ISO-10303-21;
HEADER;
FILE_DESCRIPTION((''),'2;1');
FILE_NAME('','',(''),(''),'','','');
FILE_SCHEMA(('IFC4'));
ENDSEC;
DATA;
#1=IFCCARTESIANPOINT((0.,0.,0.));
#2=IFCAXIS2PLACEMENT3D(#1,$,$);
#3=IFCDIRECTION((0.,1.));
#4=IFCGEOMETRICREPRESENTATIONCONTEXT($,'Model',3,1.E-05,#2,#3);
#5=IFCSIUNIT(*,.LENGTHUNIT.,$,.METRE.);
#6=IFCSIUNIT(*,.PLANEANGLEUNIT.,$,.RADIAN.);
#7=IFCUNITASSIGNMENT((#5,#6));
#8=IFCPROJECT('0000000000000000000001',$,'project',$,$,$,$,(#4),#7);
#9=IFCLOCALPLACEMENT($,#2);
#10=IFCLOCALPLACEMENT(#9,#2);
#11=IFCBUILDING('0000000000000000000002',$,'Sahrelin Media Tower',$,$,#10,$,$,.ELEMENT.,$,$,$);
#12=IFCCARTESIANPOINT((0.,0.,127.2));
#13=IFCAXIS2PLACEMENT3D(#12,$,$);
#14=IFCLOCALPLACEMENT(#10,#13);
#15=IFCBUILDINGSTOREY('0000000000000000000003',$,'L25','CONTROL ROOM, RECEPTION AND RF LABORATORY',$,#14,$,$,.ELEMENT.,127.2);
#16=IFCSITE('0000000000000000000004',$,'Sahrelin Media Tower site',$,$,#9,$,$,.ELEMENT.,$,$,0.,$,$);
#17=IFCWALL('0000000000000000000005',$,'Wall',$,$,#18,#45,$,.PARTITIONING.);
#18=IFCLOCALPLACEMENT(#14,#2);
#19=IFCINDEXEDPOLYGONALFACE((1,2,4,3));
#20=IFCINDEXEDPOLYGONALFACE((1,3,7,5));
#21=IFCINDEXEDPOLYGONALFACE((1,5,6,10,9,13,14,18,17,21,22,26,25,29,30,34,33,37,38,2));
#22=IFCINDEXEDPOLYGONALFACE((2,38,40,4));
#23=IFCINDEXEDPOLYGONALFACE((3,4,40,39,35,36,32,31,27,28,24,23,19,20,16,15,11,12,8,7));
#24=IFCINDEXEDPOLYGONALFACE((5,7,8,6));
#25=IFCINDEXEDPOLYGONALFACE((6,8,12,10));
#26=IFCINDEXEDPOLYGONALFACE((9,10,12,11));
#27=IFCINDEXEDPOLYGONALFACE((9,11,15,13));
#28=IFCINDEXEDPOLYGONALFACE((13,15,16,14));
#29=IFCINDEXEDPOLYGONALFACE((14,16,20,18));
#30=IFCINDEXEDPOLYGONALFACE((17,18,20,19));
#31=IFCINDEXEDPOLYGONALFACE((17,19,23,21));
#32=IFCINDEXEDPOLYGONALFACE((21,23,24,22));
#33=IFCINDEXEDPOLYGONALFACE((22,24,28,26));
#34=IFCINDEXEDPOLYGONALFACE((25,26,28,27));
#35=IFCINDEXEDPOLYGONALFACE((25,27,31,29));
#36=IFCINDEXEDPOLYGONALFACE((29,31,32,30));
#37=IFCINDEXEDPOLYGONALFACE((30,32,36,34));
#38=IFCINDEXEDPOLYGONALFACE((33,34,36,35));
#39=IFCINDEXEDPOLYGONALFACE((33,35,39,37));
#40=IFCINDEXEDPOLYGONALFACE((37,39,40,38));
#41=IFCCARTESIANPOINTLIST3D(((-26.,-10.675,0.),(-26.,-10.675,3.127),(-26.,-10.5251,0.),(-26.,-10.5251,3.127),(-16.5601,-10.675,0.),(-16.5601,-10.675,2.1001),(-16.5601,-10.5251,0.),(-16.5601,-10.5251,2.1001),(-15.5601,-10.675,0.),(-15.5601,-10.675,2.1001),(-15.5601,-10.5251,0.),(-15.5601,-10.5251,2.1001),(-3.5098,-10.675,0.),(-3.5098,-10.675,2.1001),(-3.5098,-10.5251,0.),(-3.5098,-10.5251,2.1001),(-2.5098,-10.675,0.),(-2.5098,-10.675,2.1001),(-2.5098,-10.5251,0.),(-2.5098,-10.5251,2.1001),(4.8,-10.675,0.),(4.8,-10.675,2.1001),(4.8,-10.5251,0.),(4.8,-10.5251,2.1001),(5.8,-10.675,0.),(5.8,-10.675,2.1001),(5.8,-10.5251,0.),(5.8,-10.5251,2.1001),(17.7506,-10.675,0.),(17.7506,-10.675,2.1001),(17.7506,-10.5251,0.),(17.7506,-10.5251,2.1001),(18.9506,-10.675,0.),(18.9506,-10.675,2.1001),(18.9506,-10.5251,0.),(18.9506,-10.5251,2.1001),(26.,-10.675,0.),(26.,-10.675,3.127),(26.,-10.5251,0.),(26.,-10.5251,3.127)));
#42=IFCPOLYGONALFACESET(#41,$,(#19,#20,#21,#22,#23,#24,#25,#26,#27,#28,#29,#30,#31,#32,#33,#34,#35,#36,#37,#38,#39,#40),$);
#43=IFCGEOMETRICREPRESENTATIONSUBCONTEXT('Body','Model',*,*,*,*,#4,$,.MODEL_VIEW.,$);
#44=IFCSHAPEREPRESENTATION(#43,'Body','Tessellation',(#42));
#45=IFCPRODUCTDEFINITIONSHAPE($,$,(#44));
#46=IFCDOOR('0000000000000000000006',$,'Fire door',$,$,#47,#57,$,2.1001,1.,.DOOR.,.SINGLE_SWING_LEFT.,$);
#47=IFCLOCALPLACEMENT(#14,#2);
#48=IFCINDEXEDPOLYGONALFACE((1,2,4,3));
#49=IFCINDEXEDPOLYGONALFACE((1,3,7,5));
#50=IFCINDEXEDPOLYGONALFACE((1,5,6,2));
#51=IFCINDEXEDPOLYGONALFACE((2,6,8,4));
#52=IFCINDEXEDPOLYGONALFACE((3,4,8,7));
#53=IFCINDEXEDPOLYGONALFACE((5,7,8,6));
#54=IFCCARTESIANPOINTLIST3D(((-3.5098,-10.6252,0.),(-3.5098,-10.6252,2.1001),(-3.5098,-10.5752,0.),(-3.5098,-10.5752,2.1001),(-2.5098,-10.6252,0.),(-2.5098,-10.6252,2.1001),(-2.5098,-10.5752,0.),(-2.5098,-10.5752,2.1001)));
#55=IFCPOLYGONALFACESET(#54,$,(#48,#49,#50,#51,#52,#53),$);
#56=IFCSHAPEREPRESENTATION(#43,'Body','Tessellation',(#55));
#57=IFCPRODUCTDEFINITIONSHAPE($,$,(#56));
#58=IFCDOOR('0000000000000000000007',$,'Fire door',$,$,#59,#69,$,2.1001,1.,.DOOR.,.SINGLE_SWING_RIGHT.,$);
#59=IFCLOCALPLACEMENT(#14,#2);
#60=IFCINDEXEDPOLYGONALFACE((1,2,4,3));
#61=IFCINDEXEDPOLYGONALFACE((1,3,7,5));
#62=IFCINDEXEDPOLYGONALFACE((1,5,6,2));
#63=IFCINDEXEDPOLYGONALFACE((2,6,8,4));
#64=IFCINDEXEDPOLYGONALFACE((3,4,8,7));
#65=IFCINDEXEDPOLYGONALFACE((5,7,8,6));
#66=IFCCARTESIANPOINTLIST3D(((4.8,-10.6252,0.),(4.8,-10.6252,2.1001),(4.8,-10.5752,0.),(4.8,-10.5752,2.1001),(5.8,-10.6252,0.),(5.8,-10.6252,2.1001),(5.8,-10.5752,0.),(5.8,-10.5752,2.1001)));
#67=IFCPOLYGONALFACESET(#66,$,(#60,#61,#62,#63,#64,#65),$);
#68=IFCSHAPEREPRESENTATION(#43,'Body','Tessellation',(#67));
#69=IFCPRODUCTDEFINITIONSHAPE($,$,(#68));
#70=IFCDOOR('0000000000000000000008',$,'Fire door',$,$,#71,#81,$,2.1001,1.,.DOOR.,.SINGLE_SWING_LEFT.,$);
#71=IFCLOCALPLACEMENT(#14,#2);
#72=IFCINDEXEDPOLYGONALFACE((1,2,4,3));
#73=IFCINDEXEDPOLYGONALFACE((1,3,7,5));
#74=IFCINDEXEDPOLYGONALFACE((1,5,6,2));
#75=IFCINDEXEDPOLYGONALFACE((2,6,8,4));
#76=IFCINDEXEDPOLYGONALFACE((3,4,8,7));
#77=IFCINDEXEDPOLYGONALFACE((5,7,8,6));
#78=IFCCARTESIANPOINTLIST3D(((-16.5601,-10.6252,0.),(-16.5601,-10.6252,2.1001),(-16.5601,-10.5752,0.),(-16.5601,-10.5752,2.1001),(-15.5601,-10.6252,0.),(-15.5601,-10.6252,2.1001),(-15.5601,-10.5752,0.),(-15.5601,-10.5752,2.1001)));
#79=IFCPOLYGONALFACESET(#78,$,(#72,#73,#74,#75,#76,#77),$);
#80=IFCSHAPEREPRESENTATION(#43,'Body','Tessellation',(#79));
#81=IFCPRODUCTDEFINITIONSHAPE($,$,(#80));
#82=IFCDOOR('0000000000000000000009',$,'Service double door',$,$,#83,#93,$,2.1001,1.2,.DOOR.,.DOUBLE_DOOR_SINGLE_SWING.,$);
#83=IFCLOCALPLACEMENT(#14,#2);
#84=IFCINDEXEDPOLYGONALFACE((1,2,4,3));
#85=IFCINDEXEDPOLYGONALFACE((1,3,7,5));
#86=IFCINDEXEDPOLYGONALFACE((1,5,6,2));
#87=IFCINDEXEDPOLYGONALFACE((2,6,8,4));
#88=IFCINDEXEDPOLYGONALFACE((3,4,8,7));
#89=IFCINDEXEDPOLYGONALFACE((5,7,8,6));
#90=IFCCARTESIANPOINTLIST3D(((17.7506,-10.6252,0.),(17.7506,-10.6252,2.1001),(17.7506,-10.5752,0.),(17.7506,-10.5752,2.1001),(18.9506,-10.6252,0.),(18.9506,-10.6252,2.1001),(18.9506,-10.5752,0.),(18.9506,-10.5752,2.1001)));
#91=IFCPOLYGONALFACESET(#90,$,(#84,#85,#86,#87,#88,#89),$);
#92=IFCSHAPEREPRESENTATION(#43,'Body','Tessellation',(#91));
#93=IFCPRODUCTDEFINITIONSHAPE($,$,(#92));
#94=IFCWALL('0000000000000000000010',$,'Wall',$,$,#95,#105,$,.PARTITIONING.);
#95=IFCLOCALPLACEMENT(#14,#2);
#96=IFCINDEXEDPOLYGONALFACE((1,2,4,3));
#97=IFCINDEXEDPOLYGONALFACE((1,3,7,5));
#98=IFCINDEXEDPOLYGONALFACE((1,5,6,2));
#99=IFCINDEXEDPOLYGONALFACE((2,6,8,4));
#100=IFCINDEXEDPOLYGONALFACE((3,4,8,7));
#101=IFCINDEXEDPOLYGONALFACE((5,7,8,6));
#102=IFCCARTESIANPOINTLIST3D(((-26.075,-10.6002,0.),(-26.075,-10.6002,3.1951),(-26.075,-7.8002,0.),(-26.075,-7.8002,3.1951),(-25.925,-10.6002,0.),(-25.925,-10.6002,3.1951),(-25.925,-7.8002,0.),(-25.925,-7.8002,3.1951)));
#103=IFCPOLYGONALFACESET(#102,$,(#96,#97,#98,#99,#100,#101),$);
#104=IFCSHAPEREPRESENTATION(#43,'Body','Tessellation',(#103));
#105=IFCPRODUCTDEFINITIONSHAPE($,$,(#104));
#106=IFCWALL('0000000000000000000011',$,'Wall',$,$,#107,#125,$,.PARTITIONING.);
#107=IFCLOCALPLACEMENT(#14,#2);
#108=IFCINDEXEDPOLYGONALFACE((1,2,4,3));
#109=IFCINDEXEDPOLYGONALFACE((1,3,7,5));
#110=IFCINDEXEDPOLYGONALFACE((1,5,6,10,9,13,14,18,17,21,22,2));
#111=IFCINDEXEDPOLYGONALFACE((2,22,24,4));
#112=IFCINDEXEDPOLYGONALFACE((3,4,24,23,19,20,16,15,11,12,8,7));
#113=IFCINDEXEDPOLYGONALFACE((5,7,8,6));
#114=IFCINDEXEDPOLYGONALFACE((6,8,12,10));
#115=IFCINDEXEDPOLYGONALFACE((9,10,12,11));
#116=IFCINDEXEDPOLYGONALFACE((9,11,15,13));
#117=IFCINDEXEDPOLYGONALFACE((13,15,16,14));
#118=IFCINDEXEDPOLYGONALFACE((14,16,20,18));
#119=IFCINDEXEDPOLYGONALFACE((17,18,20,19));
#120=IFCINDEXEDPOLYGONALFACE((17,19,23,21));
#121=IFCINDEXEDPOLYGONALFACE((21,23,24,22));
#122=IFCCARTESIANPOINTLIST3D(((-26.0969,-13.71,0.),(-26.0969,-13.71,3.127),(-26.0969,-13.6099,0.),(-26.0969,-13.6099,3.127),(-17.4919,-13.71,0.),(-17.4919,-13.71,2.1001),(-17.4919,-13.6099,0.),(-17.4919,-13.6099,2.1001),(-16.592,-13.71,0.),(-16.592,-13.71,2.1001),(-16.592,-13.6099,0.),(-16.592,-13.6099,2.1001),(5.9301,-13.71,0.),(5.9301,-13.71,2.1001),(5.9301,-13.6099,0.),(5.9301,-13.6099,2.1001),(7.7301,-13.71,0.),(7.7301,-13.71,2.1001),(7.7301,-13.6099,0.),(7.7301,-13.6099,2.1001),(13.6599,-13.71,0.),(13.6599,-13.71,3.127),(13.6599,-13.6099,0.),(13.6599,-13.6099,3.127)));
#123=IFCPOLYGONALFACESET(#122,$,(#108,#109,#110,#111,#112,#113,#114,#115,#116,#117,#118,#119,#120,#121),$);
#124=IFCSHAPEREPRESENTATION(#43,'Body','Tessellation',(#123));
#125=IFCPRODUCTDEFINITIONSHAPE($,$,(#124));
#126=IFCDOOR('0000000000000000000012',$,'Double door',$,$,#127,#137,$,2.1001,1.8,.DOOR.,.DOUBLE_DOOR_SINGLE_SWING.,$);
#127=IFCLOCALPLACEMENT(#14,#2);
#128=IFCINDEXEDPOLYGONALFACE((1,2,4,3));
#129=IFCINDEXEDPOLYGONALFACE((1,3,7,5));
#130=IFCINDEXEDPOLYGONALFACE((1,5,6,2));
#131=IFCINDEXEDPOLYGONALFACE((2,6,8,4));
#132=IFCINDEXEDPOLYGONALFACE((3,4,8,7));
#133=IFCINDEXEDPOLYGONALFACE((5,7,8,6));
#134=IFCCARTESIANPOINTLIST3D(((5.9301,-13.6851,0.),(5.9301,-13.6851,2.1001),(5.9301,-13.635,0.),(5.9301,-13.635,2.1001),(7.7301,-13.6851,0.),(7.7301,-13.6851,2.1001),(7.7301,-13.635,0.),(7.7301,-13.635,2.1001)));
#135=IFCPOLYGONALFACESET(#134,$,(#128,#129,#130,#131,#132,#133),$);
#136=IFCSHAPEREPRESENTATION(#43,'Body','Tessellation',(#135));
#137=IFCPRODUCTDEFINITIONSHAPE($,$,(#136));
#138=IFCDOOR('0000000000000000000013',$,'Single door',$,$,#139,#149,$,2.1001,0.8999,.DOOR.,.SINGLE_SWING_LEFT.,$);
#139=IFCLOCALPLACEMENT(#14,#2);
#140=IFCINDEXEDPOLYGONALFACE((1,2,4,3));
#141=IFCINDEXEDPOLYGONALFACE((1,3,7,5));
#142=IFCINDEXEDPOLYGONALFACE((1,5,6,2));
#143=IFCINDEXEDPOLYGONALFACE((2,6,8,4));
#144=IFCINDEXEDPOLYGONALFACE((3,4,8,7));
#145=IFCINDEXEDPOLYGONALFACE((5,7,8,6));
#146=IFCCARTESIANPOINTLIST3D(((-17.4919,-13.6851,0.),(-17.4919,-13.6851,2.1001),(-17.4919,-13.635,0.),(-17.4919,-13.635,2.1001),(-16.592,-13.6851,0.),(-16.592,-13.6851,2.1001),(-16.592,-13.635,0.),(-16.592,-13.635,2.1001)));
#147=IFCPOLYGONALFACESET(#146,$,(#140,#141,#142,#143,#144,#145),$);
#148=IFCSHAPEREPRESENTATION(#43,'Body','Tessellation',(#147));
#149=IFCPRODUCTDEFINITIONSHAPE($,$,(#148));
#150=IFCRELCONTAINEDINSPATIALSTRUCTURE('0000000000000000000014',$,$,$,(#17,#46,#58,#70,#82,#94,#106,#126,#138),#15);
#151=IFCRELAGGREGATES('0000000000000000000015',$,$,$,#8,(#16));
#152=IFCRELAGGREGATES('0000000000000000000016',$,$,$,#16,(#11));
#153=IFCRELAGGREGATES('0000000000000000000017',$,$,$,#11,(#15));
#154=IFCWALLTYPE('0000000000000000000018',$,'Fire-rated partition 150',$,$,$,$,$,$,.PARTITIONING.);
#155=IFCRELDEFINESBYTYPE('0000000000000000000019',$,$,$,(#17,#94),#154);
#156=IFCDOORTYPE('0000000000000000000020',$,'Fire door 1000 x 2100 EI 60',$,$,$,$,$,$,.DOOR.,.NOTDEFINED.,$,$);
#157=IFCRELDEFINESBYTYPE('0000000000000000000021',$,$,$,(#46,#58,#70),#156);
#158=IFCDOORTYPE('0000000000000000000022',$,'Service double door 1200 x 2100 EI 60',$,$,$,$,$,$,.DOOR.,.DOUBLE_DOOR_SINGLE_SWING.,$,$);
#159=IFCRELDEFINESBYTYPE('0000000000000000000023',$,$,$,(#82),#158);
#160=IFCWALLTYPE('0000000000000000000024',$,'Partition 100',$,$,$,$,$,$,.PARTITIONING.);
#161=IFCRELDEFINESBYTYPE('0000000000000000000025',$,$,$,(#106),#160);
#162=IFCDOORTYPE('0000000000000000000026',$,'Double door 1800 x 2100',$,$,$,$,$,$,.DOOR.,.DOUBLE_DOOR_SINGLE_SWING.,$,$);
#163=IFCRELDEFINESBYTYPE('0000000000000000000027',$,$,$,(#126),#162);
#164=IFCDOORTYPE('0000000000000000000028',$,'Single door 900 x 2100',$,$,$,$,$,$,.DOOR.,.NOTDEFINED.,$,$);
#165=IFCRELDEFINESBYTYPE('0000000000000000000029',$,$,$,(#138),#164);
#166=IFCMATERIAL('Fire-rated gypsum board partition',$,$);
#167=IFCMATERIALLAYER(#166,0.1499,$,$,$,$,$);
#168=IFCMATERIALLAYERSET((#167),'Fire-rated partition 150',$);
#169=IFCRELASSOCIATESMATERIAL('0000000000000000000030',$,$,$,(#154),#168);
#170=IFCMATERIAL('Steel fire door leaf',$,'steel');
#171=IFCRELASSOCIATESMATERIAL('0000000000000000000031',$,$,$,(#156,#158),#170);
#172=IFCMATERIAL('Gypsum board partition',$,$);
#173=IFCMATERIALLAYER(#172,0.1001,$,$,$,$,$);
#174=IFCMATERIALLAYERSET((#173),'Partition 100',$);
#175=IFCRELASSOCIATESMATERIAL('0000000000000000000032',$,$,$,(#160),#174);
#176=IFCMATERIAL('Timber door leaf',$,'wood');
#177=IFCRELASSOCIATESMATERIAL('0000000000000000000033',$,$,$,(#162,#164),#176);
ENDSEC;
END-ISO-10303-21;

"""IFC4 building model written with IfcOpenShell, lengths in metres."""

from ifc_helpers import new_model, si_unit, direction, frame, frame_2d, origin, place, context, subcontext, project, spatial, rectangle, extrude, material, layer, layer_set, type_object, element, fill, save


model = new_model("IFC4")

# Units and contexts
model_context = context("Model", 3, precision=1e-05, world=origin(), true_north=direction((0.0, 1.0)))
body_context = subcontext(model_context, "Body", "Model", "MODEL_VIEW")
ifc_project = project(units=[si_unit("LENGTHUNIT", "METRE"), si_unit("PLANEANGLEUNIT", "RADIAN")], contexts=[model_context])

# Site, building, storey
site_placement = place(None, origin())
site = spatial("IfcSite", under=ifc_project, at=site_placement, Name="Sahrelin Media Tower site", CompositionType="ELEMENT", RefElevation=0.0)
building_placement = place(site_placement, origin())
building = spatial("IfcBuilding", under=site, at=building_placement, Name="Sahrelin Media Tower", CompositionType="ELEMENT")
storey_placement = place(building_placement, frame((0.0, 0.0, 127.2)))
storey = spatial("IfcBuildingStorey", under=building, at=storey_placement, Name="L25", Description="CONTROL ROOM, RECEPTION AND RF LABORATORY", CompositionType="ELEMENT", Elevation=127.2)

# Wall, openings, doors
ifc_material_1 = material(Name="Fire-rated gypsum board partition")
ifc_layer_1 = layer(ifc_material_1, 0.1499)
ifc_layer_set_1 = layer_set([ifc_layer_1], Name="Fire-rated partition 150")
wall_type_1 = type_object("IfcWallType", Name="Fire-rated partition 150", PredefinedType="PARTITIONING", material=ifc_layer_set_1)
wall_1_placement = place(storey_placement, frame((-26.0, -10.6001, 0.0), z_axis=(0.0, 0.0, 1.0), x_axis=(1.0, 0.0, 0.0)))
wall_1 = element("IfcWall", 1, at=wall_1_placement, inside=storey, type_object=wall_type_1, Name="Wall", PredefinedType="PARTITIONING", context=body_context, shape_type="SweptSolid", body=[
    extrude(rectangle(XDim=52.0, YDim=0.1499, at=frame_2d((26.0, 0.0))), origin(), (0.0, 0.0, 1.0), 3.127),
])
opening_1_placement = place(wall_1_placement, frame((22.4902, 0.0, 0.0)))
opening_1 = element("IfcOpeningElement", 2, at=opening_1_placement, cuts=wall_1, PredefinedType="OPENING", context=body_context, shape_type="SweptSolid", body=[
    extrude(rectangle(XDim=1.0, YDim=2.1001, at=frame_2d((0.5, 1.05))), frame((0.0, 0.075, 0.0), z_axis=(0.0, -1.0, 0.0), x_axis=(1.0, 0.0, 0.0)), (0.0, 0.0, 1.0), 0.1499),
])
opening_2_placement = place(wall_1_placement, frame((30.8, 0.0, 0.0)))
opening_2 = element("IfcOpeningElement", 3, at=opening_2_placement, cuts=wall_1, PredefinedType="OPENING", context=body_context, shape_type="SweptSolid", body=[
    extrude(rectangle(XDim=1.0, YDim=2.1001, at=frame_2d((0.5, 1.05))), frame((0.0, 0.075, 0.0), z_axis=(0.0, -1.0, 0.0), x_axis=(1.0, 0.0, 0.0)), (0.0, 0.0, 1.0), 0.1499),
])
opening_3_placement = place(wall_1_placement, frame((43.7505, 0.0, 0.0)))
opening_3 = element("IfcOpeningElement", 4, at=opening_3_placement, cuts=wall_1, PredefinedType="OPENING", context=body_context, shape_type="SweptSolid", body=[
    extrude(rectangle(XDim=1.2, YDim=2.1001, at=frame_2d((0.6001, 1.05))), frame((0.0, 0.075, 0.0), z_axis=(0.0, -1.0, 0.0), x_axis=(1.0, 0.0, 0.0)), (0.0, 0.0, 1.0), 0.1499),
])
opening_4_placement = place(wall_1_placement, frame((9.4399, 0.0, 0.0)))
opening_4 = element("IfcOpeningElement", 5, at=opening_4_placement, cuts=wall_1, PredefinedType="OPENING", context=body_context, shape_type="SweptSolid", body=[
    extrude(rectangle(XDim=1.0, YDim=2.1001, at=frame_2d((0.5, 1.05))), frame((0.0, 0.075, 0.0), z_axis=(0.0, -1.0, 0.0), x_axis=(1.0, 0.0, 0.0)), (0.0, 0.0, 1.0), 0.1499),
])
ifc_material_2 = material(Name="Steel fire door leaf", Category="steel")
door_type_1 = type_object("IfcDoorType", Name="Fire door 1000 x 2100 EI 60", OperationType="NOTDEFINED", PredefinedType="DOOR", material=ifc_material_2)
door_1_placement = place(opening_1_placement, origin())
door_1 = element("IfcDoor", 6, at=door_1_placement, inside=storey, type_object=door_type_1, Name="Fire door", OperationType="SINGLE_SWING_LEFT", OverallHeight=2.1001, OverallWidth=1.0, PredefinedType="DOOR", context=body_context, shape_type="SweptSolid", body=[
    extrude(rectangle(XDim=1.0, YDim=2.1001, at=frame_2d((0.5, 1.05))), frame((0.0, 0.0249, 0.0), z_axis=(0.0, -1.0, 0.0), x_axis=(1.0, 0.0, 0.0)), (0.0, 0.0, 1.0), 0.05),
])
fill(opening_1, door_1)
door_2_placement = place(opening_2_placement, origin())
door_2 = element("IfcDoor", 7, at=door_2_placement, inside=storey, type_object=door_type_1, Name="Fire door", OperationType="SINGLE_SWING_RIGHT", OverallHeight=2.1001, OverallWidth=1.0, PredefinedType="DOOR", context=body_context, shape_type="SweptSolid", body=[
    extrude(rectangle(XDim=1.0, YDim=2.1001, at=frame_2d((0.5, 1.05))), frame((0.0, 0.0249, 0.0), z_axis=(0.0, -1.0, 0.0), x_axis=(1.0, 0.0, 0.0)), (0.0, 0.0, 1.0), 0.05),
])
fill(opening_2, door_2)
door_3_placement = place(opening_4_placement, origin())
door_3 = element("IfcDoor", 8, at=door_3_placement, inside=storey, type_object=door_type_1, Name="Fire door", OperationType="SINGLE_SWING_LEFT", OverallHeight=2.1001, OverallWidth=1.0, PredefinedType="DOOR", context=body_context, shape_type="SweptSolid", body=[
    extrude(rectangle(XDim=1.0, YDim=2.1001, at=frame_2d((0.5, 1.05))), frame((0.0, 0.0249, 0.0), z_axis=(0.0, -1.0, 0.0), x_axis=(1.0, 0.0, 0.0)), (0.0, 0.0, 1.0), 0.05),
])
fill(opening_4, door_3)
door_type_2 = type_object("IfcDoorType", Name="Service double door 1200 x 2100 EI 60", OperationType="DOUBLE_DOOR_SINGLE_SWING", PredefinedType="DOOR", material=ifc_material_2)
door_4_placement = place(opening_3_placement, origin())
door_4 = element("IfcDoor", 9, at=door_4_placement, inside=storey, type_object=door_type_2, Name="Service double door", OperationType="DOUBLE_DOOR_SINGLE_SWING", OverallHeight=2.1001, OverallWidth=1.2, PredefinedType="DOOR", context=body_context, shape_type="SweptSolid", body=[
    extrude(rectangle(XDim=1.2, YDim=2.1001, at=frame_2d((0.6001, 1.05))), frame((0.0, 0.0249, 0.0), z_axis=(0.0, -1.0, 0.0), x_axis=(1.0, 0.0, 0.0)), (0.0, 0.0, 1.0), 0.05),
])
fill(opening_3, door_4)

# Wall
wall_2_placement = place(storey_placement, frame((-26.0, -10.6001, 0.0), z_axis=(0.0, 0.0, 1.0), x_axis=(0.0, 1.0, 0.0)))
element("IfcWall", 10, at=wall_2_placement, inside=storey, type_object=wall_type_1, Name="Wall", PredefinedType="PARTITIONING", context=body_context, shape_type="SweptSolid", body=[
    extrude(rectangle(XDim=2.8, YDim=0.1499, at=frame_2d((1.3999, 0.0))), origin(), (0.0, 0.0, 1.0), 3.1951),
])

# Wall, openings, doors
ifc_material_3 = material(Name="Gypsum board partition")
ifc_layer_2 = layer(ifc_material_3, 0.1001)
ifc_layer_set_2 = layer_set([ifc_layer_2], Name="Partition 100")
wall_type_2 = type_object("IfcWallType", Name="Partition 100", PredefinedType="PARTITIONING", material=ifc_layer_set_2)
wall_3_placement = place(storey_placement, frame((-26.0969, -13.6599, 0.0), z_axis=(0.0, 0.0, 1.0), x_axis=(1.0, 0.0, 0.0)))
wall_3 = element("IfcWall", 11, at=wall_3_placement, inside=storey, type_object=wall_type_2, Name="Wall", PredefinedType="PARTITIONING", context=body_context, shape_type="SweptSolid", body=[
    extrude(rectangle(XDim=39.7568, YDim=0.1001, at=frame_2d((19.8784, 0.0))), origin(), (0.0, 0.0, 1.0), 3.127),
])
opening_5_placement = place(wall_3_placement, frame((32.0271, 0.0, 0.0)))
opening_5 = element("IfcOpeningElement", 12, at=opening_5_placement, cuts=wall_3, PredefinedType="OPENING", context=body_context, shape_type="SweptSolid", body=[
    extrude(rectangle(XDim=1.8, YDim=2.1001, at=frame_2d((0.8999, 1.05))), frame((0.0, 0.05, 0.0), z_axis=(0.0, -1.0, 0.0), x_axis=(1.0, 0.0, 0.0)), (0.0, 0.0, 1.0), 0.1001),
])
opening_6_placement = place(wall_3_placement, frame((8.605, 0.0, 0.0)))
opening_6 = element("IfcOpeningElement", 13, at=opening_6_placement, cuts=wall_3, PredefinedType="OPENING", context=body_context, shape_type="SweptSolid", body=[
    extrude(rectangle(XDim=0.8999, YDim=2.1001, at=frame_2d((0.45, 1.05))), frame((0.0, 0.05, 0.0), z_axis=(0.0, -1.0, 0.0), x_axis=(1.0, 0.0, 0.0)), (0.0, 0.0, 1.0), 0.1001),
])
ifc_material_4 = material(Name="Timber door leaf", Category="wood")
door_type_3 = type_object("IfcDoorType", Name="Double door 1800 x 2100", OperationType="DOUBLE_DOOR_SINGLE_SWING", PredefinedType="DOOR", material=ifc_material_4)
door_5_placement = place(opening_5_placement, origin())
door_5 = element("IfcDoor", 14, at=door_5_placement, inside=storey, type_object=door_type_3, Name="Double door", OperationType="DOUBLE_DOOR_SINGLE_SWING", OverallHeight=2.1001, OverallWidth=1.8, PredefinedType="DOOR", context=body_context, shape_type="SweptSolid", body=[
    extrude(rectangle(XDim=1.8, YDim=2.1001, at=frame_2d((0.8999, 1.05))), frame((0.0, 0.0249, 0.0), z_axis=(0.0, -1.0, 0.0), x_axis=(1.0, 0.0, 0.0)), (0.0, 0.0, 1.0), 0.05),
])
fill(opening_5, door_5)
door_type_4 = type_object("IfcDoorType", Name="Single door 900 x 2100", OperationType="NOTDEFINED", PredefinedType="DOOR", material=ifc_material_4)
door_6_placement = place(opening_6_placement, origin())
door_6 = element("IfcDoor", 15, at=door_6_placement, inside=storey, type_object=door_type_4, Name="Single door", OperationType="SINGLE_SWING_LEFT", OverallHeight=2.1001, OverallWidth=0.8999, PredefinedType="DOOR", context=body_context, shape_type="SweptSolid", body=[
    extrude(rectangle(XDim=0.8999, YDim=2.1001, at=frame_2d((0.45, 1.05))), frame((0.0, 0.0249, 0.0), z_axis=(0.0, -1.0, 0.0), x_axis=(1.0, 0.0, 0.0)), (0.0, 0.0, 1.0), 0.05),
])
fill(opening_6, door_6)

save(model, "model.ifc")
